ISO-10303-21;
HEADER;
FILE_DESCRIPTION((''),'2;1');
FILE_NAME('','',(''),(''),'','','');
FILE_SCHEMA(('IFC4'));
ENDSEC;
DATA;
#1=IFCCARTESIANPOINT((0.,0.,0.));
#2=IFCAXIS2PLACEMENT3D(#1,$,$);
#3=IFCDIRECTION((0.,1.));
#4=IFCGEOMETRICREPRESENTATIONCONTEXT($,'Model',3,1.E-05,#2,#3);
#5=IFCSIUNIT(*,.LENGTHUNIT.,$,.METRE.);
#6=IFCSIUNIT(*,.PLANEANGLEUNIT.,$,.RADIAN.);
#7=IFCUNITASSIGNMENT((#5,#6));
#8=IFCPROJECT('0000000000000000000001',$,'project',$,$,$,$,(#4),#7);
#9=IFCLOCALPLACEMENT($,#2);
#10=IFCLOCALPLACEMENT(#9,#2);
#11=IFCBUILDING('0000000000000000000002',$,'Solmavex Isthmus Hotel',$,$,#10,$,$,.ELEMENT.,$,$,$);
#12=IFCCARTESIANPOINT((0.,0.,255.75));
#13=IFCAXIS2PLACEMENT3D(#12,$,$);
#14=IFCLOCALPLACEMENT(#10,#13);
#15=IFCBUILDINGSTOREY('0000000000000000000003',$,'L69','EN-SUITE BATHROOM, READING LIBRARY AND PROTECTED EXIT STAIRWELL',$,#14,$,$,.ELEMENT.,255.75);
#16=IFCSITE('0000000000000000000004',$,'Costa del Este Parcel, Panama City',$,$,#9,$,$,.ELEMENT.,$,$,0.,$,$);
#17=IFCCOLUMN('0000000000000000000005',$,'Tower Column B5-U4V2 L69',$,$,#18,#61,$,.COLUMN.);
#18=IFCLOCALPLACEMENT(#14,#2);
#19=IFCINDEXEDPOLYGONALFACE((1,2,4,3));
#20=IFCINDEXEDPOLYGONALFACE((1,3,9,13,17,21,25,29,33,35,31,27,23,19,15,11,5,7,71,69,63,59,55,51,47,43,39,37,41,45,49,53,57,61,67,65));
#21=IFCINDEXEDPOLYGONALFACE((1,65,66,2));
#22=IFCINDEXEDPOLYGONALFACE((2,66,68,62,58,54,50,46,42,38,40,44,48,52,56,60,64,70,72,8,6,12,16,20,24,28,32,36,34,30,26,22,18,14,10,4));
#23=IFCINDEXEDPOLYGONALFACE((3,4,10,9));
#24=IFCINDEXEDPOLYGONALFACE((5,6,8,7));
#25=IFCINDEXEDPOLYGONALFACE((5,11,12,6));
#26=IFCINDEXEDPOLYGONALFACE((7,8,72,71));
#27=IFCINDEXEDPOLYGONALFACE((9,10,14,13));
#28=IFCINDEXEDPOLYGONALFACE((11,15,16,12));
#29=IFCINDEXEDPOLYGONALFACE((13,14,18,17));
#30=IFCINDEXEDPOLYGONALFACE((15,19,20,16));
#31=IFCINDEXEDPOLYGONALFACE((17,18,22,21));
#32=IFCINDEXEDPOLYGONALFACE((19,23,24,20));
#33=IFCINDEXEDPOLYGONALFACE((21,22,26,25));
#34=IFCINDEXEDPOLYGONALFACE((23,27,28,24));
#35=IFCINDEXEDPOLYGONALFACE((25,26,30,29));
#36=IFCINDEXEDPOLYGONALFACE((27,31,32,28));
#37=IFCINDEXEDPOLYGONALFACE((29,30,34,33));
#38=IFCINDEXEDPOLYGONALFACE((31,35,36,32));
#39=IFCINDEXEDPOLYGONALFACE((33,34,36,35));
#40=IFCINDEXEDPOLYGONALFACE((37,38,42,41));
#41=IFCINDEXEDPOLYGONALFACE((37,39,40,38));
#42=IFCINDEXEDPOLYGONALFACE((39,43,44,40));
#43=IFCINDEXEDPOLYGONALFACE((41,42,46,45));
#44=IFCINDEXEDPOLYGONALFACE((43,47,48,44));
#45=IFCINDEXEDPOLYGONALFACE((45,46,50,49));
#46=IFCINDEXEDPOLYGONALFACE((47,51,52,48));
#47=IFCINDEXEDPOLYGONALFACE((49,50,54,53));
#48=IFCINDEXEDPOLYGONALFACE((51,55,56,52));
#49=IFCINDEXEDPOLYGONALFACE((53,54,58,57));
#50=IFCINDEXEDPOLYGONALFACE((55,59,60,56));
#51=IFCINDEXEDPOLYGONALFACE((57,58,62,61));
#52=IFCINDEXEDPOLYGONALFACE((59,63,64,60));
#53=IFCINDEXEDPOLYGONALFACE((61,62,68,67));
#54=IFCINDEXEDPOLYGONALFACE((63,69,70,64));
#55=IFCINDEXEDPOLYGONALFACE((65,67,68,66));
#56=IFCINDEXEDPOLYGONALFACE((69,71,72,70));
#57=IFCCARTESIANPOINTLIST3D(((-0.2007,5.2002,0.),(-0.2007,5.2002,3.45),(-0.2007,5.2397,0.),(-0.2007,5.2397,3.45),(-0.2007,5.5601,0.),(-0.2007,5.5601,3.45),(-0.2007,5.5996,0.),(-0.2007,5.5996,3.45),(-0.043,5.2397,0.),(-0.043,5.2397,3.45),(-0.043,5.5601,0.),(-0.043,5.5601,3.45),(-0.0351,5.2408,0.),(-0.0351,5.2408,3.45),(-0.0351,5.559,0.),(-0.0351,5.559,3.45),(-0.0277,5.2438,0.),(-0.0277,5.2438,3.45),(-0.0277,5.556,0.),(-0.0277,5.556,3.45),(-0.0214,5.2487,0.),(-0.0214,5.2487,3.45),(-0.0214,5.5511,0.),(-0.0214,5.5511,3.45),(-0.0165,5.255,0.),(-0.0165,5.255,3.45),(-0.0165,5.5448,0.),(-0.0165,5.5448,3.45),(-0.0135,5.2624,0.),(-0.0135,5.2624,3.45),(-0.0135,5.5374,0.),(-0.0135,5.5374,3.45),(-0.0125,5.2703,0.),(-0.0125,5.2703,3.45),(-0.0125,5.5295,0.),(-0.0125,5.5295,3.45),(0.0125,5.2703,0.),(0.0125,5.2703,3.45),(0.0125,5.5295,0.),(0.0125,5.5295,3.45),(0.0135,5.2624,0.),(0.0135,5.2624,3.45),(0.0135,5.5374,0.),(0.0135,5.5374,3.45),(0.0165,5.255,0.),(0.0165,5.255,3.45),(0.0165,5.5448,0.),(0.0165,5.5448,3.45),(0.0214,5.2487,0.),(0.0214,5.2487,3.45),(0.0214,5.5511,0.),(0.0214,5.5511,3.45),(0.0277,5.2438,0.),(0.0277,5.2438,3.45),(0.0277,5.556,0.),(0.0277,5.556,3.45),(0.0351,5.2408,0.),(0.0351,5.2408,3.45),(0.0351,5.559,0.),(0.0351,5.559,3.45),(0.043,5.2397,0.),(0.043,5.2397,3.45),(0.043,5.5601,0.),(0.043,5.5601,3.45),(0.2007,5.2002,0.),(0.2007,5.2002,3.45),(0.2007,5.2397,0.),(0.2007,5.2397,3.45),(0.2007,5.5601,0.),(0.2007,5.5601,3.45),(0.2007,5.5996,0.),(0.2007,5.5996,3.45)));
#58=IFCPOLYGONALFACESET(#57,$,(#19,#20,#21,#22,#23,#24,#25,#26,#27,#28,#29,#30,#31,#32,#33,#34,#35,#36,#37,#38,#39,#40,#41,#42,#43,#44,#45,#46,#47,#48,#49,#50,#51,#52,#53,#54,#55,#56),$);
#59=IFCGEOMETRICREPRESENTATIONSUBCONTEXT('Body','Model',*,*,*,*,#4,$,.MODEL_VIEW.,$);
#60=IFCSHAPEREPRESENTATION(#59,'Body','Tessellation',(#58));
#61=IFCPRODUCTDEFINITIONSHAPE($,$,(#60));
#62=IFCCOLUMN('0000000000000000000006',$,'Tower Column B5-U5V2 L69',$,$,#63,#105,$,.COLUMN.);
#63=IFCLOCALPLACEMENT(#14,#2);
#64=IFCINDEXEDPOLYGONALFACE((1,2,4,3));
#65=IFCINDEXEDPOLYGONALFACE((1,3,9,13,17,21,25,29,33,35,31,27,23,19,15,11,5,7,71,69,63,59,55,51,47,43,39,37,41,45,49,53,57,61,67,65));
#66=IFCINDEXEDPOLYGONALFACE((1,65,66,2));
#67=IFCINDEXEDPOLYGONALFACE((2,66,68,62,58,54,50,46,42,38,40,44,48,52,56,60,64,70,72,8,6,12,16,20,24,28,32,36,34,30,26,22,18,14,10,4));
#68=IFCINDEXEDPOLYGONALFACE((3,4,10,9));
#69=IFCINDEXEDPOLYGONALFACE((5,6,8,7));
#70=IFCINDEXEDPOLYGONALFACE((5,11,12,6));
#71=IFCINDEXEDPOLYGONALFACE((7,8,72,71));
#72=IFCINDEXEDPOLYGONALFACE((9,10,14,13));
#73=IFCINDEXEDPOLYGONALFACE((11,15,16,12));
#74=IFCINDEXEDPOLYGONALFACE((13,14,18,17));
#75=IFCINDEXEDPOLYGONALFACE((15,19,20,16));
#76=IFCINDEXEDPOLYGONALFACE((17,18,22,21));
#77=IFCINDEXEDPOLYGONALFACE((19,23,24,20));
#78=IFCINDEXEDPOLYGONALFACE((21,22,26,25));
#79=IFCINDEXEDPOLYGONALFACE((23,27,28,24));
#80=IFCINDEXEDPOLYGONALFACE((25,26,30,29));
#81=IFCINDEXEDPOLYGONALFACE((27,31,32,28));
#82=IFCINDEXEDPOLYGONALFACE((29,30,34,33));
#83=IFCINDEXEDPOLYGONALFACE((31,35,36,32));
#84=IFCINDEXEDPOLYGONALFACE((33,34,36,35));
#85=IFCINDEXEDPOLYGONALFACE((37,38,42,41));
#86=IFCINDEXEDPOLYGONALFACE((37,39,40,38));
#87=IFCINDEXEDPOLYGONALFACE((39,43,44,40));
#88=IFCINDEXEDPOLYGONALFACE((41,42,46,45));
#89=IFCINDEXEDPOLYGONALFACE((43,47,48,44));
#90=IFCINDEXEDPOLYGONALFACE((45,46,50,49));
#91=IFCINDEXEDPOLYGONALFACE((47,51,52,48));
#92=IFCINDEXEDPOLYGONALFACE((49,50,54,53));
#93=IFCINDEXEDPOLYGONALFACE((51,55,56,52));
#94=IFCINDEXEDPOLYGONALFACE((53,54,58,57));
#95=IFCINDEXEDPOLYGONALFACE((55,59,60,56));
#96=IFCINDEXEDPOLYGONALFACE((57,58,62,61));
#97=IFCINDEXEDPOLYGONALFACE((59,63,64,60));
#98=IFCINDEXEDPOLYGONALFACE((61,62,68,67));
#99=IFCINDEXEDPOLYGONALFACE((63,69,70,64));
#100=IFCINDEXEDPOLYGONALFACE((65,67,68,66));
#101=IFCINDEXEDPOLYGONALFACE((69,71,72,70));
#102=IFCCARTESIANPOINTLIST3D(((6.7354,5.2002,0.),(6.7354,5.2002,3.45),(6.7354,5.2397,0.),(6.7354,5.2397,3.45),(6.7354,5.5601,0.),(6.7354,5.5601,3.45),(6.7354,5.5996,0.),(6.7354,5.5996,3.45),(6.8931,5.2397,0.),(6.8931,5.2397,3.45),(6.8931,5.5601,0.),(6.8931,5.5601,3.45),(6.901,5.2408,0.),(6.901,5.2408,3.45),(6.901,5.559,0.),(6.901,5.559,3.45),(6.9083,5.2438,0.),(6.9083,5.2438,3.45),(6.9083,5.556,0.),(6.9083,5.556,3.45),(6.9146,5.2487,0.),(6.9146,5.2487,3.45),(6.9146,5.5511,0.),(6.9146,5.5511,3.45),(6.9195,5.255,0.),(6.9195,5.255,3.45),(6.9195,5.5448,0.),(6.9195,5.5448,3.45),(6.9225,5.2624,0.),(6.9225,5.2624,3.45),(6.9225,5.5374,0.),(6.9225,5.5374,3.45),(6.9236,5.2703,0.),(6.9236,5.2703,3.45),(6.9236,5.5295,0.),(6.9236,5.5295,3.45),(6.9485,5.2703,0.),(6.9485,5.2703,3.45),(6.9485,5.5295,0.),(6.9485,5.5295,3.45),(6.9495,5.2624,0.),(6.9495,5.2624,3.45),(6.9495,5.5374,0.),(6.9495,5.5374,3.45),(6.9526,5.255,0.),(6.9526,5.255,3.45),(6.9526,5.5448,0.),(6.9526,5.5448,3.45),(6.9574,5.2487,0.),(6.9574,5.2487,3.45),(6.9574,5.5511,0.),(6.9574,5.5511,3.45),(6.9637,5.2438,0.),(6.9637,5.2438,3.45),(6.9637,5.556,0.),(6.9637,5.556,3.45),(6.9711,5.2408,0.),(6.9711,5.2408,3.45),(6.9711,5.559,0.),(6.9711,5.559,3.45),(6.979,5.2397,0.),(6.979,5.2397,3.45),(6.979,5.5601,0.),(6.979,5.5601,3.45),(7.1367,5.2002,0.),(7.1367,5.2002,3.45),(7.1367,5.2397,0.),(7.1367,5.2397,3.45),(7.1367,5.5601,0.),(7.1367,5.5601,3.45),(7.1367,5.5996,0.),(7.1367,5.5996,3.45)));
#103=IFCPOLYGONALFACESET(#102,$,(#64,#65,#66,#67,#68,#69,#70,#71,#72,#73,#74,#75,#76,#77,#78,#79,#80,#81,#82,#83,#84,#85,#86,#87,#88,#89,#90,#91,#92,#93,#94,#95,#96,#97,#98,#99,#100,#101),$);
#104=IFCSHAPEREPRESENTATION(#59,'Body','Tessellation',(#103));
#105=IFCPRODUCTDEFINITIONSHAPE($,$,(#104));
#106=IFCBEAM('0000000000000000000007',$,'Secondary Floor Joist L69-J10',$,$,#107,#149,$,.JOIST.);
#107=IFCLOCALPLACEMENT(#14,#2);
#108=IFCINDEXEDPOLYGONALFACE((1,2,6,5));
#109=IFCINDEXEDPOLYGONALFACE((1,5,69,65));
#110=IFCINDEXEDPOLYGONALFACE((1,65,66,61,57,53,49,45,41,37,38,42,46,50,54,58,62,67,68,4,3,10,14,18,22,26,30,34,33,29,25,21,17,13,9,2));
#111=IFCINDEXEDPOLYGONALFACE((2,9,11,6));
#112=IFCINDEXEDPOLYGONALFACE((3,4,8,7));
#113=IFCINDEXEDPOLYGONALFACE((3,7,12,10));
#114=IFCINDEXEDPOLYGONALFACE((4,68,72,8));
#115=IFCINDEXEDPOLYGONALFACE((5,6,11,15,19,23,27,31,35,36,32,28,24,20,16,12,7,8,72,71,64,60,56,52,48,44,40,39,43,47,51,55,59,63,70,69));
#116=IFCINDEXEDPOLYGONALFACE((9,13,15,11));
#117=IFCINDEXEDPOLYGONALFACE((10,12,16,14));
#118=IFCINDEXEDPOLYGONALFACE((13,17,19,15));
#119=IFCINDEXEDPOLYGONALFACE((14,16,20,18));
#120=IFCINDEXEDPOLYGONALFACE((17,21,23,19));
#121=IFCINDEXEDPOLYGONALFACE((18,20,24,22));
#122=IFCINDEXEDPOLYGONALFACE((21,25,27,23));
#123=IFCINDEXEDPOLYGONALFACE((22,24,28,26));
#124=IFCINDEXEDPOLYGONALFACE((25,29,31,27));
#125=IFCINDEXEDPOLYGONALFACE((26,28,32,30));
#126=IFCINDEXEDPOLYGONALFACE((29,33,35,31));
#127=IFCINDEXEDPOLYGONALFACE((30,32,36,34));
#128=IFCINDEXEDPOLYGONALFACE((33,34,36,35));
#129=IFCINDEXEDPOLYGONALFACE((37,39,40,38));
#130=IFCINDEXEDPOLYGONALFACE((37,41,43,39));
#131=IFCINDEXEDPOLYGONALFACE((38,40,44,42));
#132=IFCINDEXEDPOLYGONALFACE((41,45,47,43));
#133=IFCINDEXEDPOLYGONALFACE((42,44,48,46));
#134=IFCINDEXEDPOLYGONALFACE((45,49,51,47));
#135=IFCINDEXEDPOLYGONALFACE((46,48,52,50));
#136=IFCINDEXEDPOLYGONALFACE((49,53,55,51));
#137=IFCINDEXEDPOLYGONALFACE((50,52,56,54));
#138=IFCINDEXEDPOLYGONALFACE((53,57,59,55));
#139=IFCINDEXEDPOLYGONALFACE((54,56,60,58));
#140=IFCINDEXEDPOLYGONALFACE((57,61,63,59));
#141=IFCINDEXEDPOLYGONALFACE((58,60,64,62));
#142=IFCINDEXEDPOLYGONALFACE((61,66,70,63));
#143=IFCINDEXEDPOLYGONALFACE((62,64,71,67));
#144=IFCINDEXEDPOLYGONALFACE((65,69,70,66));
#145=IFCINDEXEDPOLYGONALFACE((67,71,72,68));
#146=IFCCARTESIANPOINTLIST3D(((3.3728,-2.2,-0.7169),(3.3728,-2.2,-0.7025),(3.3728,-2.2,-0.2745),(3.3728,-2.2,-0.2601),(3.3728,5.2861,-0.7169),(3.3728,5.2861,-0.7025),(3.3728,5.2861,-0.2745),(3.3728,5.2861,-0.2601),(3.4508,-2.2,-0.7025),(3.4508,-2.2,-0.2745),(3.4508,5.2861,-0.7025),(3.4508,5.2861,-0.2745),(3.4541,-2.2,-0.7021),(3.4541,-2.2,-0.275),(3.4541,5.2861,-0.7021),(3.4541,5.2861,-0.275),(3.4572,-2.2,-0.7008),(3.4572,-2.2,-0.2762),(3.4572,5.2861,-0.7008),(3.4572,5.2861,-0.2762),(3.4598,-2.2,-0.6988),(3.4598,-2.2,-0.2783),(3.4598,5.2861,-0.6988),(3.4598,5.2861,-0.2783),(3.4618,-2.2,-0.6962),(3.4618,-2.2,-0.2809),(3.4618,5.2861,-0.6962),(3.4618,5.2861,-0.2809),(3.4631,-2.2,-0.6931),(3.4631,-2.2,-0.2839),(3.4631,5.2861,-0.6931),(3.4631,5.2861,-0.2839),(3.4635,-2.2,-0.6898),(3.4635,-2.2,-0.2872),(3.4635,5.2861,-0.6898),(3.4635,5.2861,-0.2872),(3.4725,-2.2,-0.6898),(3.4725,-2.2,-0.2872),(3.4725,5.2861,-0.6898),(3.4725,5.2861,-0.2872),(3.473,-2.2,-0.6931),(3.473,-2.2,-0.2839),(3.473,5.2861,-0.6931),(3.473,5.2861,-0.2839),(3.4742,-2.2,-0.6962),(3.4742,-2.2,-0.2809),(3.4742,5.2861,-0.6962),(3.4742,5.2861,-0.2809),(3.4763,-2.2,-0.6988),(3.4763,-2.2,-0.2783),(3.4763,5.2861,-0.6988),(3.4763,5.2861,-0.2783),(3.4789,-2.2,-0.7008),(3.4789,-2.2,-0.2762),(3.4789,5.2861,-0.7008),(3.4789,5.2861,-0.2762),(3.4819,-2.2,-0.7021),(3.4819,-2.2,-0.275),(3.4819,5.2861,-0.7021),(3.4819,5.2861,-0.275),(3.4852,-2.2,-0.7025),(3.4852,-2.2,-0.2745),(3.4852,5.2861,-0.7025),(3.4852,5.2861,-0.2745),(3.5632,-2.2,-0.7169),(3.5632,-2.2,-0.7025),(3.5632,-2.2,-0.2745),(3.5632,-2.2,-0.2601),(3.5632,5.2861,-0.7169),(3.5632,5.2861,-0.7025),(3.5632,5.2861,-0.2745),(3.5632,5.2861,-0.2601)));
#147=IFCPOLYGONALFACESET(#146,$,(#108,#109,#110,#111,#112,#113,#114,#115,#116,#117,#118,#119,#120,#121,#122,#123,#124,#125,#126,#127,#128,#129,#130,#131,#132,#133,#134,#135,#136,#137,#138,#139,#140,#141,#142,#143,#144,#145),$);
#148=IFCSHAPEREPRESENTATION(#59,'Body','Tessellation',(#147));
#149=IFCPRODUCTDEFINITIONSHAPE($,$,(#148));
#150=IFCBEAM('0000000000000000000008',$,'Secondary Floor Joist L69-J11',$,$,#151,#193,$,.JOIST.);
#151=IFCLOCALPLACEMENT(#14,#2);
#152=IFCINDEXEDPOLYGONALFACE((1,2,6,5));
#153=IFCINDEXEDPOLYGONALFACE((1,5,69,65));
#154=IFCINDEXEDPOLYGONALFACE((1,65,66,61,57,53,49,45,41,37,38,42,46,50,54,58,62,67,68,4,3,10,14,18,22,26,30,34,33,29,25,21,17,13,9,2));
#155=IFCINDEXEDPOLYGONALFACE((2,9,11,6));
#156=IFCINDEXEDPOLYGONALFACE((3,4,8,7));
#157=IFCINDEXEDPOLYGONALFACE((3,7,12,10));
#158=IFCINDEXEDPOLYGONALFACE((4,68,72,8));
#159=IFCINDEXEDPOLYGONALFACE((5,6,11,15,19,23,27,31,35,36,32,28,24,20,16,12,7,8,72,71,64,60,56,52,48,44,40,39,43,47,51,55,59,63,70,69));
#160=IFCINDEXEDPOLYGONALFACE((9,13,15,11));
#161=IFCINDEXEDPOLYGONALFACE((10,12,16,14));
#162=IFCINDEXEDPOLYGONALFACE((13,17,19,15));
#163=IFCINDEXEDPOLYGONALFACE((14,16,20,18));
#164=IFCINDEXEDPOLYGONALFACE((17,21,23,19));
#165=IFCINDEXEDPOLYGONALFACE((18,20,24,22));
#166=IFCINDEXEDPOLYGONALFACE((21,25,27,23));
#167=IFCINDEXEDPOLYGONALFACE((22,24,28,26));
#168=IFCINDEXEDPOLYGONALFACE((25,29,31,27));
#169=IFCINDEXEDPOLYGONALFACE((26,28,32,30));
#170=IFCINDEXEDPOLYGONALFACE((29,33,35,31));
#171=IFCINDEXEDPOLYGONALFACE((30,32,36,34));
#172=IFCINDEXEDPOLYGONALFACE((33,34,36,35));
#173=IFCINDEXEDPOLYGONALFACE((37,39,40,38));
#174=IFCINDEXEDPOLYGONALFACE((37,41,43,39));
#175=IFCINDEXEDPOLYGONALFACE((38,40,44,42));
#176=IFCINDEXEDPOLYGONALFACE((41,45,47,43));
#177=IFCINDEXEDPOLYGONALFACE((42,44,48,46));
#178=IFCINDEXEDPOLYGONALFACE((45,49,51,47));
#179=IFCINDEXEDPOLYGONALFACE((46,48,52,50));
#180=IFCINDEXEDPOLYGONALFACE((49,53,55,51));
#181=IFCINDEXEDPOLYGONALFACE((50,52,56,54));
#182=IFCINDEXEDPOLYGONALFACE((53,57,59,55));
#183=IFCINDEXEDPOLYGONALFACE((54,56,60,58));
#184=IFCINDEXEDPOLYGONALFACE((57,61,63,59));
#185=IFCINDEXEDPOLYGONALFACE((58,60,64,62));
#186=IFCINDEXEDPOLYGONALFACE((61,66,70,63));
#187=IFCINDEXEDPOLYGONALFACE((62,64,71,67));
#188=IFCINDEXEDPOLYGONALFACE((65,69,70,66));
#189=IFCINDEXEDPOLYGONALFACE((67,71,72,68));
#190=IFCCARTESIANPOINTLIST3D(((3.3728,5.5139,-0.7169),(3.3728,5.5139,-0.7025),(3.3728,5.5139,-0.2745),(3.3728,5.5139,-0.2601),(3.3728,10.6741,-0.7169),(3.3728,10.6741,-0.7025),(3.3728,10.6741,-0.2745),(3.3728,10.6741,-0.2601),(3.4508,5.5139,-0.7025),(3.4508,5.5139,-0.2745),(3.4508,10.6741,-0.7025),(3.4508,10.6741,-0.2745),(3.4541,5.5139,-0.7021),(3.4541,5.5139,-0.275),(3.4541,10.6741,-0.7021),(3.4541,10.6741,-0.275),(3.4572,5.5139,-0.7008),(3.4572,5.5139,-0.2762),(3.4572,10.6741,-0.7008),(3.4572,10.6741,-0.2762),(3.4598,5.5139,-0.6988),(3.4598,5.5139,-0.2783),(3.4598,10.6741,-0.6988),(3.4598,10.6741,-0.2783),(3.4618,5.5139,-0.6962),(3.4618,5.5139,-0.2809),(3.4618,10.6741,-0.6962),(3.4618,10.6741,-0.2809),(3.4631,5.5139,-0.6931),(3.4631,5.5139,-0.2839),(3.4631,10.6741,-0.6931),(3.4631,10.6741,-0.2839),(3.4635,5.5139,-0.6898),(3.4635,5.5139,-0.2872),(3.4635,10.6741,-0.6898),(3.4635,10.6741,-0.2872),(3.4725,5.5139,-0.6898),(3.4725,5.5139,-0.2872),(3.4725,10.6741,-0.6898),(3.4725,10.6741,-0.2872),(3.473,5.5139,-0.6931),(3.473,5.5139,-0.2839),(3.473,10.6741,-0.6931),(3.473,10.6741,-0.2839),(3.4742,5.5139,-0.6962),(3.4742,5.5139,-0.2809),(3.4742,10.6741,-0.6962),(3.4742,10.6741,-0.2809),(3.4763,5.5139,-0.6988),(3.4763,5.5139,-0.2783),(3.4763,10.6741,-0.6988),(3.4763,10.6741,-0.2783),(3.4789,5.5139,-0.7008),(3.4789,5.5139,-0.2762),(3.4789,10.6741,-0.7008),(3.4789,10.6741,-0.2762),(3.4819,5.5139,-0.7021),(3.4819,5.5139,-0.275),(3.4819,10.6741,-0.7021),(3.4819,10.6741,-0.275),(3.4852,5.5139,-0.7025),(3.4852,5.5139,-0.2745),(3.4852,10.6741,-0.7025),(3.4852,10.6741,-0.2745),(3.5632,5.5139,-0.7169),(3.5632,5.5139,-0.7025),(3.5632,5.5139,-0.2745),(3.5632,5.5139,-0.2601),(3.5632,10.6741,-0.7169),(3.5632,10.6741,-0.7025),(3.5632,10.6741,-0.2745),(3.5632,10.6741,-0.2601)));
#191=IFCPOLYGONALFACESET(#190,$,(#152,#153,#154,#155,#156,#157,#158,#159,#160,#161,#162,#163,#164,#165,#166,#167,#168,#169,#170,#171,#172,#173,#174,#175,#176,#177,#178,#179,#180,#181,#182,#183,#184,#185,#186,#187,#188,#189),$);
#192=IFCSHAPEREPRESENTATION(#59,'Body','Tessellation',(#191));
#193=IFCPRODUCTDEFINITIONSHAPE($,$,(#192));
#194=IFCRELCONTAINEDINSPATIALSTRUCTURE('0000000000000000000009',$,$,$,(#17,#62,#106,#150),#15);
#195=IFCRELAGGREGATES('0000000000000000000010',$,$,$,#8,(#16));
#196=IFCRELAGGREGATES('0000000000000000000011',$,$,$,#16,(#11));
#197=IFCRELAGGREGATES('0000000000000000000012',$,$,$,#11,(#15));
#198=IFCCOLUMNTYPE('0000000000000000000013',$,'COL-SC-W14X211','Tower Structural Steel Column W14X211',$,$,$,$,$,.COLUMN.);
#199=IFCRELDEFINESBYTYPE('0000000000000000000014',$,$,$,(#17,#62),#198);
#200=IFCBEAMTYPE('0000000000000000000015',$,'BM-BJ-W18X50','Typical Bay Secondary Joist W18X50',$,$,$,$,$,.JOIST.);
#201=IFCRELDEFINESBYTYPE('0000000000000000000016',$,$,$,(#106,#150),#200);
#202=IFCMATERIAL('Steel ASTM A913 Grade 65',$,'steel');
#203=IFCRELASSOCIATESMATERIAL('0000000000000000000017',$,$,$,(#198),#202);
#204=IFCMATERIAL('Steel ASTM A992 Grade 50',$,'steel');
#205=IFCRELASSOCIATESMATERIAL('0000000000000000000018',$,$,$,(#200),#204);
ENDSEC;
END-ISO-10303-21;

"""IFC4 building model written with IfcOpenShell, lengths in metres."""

from ifc_helpers import new_model, si_unit, direction, frame, origin, origin_2d, place, context, subcontext, project, spatial, i_section, extrude, material, material_profile, profile_set, type_object, element, save


model = new_model("IFC4")

# Units and contexts
model_context = context("Model", 3, precision=1e-05, world=origin(), true_north=direction((0.0, 1.0)))
body_context = subcontext(model_context, "Body", "Model", "MODEL_VIEW")
ifc_project = project(units=[si_unit("LENGTHUNIT", "METRE"), si_unit("PLANEANGLEUNIT", "RADIAN")], contexts=[model_context])

# Site, building, storey
site_placement = place(None, origin())
site = spatial("IfcSite", under=ifc_project, at=site_placement, Name="Costa del Este Parcel, Panama City", CompositionType="ELEMENT", RefElevation=0.0)
building_placement = place(site_placement, origin())
building = spatial("IfcBuilding", under=site, at=building_placement, Name="Solmavex Isthmus Hotel", CompositionType="ELEMENT")
storey_placement = place(building_placement, frame((0.0, 0.0, 255.75)))
storey = spatial("IfcBuildingStorey", under=building, at=storey_placement, Name="L69", Description="EN-SUITE BATHROOM, READING LIBRARY AND PROTECTED EXIT STAIRWELL", CompositionType="ELEMENT", Elevation=255.75)

# Columns
ifc_material_1 = material(Name="Steel ASTM A913 Grade 65", Category="steel")
ifc_material_profile_1 = material_profile(ifc_material_1, i_section(OverallWidth=0.4014, OverallDepth=0.3994, WebThickness=0.0249, FlangeThickness=0.0396, FilletRadius=0.0305, at=origin_2d()), Name="W14X211")
ifc_profile_set_1 = profile_set([ifc_material_profile_1], Name="Steel ASTM A913 Grade 65")
column_type = type_object("IfcColumnType", Name="COL-SC-W14X211", Description="Tower Structural Steel Column W14X211", PredefinedType="COLUMN", material=ifc_profile_set_1)
for number, where, z_axis, x_axis, name in (
    (1, (0.0, 5.3999, 0.0), (0.0, 0.0, 1.0), (1.0, 0.0, 0.0), "Tower Column B5-U4V2 L69"),
    (2, (6.936, 5.3999, 0.0), (0.0, 0.0, 1.0), (1.0, 0.0, 0.0), "Tower Column B5-U5V2 L69"),
):
    element("IfcColumn", number, at=place(storey_placement, frame(where, z_axis=z_axis, x_axis=x_axis)), inside=storey, type_object=column_type, Name=name, PredefinedType="COLUMN", context=body_context, shape_type="SweptSolid", body=[
        extrude(i_section(OverallWidth=0.4014, OverallDepth=0.3994, WebThickness=0.0249, FlangeThickness=0.0396, FilletRadius=0.0305, at=origin_2d()), origin(), (0.0, 0.0, 1.0), 3.45),
    ])

# Beams
ifc_material_2 = material(Name="Steel ASTM A992 Grade 50", Category="steel")
ifc_material_profile_2 = material_profile(ifc_material_2, i_section(OverallWidth=0.1904, OverallDepth=0.4568, WebThickness=0.009, FlangeThickness=0.0144, FilletRadius=0.0127, at=origin_2d()), Name="W18X50")
ifc_profile_set_2 = profile_set([ifc_material_profile_2], Name="Steel ASTM A992 Grade 50")
beam_type_1 = type_object("IfcBeamType", Name="BM-BJ-W18X50", Description="Typical Bay Secondary Joist W18X50", PredefinedType="JOIST", material=ifc_profile_set_2)
beam_1_placement = place(storey_placement, frame((3.468, -2.2, -0.4885), z_axis=(0.0, 1.0, 0.0), x_axis=(-1.0, 0.0, 0.0)))
element("IfcBeam", 3, at=beam_1_placement, inside=storey, type_object=beam_type_1, Name="Secondary Floor Joist L69-J10", PredefinedType="JOIST", context=body_context, shape_type="SweptSolid", body=[
    extrude(i_section(OverallWidth=0.1904, OverallDepth=0.4568, WebThickness=0.009, FlangeThickness=0.0144, FilletRadius=0.0127, at=origin_2d()), origin(), (0.0, 0.0, 1.0), 7.4861),
])
beam_2_placement = place(storey_placement, frame((3.468, 5.5139, -0.4885), z_axis=(0.0, 1.0, 0.0), x_axis=(-1.0, 0.0, 0.0)))
element("IfcBeam", 4, at=beam_2_placement, inside=storey, type_object=beam_type_1, Name="Secondary Floor Joist L69-J11", PredefinedType="JOIST", context=body_context, shape_type="SweptSolid", body=[
    extrude(i_section(OverallWidth=0.1904, OverallDepth=0.4568, WebThickness=0.009, FlangeThickness=0.0144, FilletRadius=0.0127, at=origin_2d()), origin(), (0.0, 0.0, 1.0), 5.1602),
])

save(model, "model.ifc")
